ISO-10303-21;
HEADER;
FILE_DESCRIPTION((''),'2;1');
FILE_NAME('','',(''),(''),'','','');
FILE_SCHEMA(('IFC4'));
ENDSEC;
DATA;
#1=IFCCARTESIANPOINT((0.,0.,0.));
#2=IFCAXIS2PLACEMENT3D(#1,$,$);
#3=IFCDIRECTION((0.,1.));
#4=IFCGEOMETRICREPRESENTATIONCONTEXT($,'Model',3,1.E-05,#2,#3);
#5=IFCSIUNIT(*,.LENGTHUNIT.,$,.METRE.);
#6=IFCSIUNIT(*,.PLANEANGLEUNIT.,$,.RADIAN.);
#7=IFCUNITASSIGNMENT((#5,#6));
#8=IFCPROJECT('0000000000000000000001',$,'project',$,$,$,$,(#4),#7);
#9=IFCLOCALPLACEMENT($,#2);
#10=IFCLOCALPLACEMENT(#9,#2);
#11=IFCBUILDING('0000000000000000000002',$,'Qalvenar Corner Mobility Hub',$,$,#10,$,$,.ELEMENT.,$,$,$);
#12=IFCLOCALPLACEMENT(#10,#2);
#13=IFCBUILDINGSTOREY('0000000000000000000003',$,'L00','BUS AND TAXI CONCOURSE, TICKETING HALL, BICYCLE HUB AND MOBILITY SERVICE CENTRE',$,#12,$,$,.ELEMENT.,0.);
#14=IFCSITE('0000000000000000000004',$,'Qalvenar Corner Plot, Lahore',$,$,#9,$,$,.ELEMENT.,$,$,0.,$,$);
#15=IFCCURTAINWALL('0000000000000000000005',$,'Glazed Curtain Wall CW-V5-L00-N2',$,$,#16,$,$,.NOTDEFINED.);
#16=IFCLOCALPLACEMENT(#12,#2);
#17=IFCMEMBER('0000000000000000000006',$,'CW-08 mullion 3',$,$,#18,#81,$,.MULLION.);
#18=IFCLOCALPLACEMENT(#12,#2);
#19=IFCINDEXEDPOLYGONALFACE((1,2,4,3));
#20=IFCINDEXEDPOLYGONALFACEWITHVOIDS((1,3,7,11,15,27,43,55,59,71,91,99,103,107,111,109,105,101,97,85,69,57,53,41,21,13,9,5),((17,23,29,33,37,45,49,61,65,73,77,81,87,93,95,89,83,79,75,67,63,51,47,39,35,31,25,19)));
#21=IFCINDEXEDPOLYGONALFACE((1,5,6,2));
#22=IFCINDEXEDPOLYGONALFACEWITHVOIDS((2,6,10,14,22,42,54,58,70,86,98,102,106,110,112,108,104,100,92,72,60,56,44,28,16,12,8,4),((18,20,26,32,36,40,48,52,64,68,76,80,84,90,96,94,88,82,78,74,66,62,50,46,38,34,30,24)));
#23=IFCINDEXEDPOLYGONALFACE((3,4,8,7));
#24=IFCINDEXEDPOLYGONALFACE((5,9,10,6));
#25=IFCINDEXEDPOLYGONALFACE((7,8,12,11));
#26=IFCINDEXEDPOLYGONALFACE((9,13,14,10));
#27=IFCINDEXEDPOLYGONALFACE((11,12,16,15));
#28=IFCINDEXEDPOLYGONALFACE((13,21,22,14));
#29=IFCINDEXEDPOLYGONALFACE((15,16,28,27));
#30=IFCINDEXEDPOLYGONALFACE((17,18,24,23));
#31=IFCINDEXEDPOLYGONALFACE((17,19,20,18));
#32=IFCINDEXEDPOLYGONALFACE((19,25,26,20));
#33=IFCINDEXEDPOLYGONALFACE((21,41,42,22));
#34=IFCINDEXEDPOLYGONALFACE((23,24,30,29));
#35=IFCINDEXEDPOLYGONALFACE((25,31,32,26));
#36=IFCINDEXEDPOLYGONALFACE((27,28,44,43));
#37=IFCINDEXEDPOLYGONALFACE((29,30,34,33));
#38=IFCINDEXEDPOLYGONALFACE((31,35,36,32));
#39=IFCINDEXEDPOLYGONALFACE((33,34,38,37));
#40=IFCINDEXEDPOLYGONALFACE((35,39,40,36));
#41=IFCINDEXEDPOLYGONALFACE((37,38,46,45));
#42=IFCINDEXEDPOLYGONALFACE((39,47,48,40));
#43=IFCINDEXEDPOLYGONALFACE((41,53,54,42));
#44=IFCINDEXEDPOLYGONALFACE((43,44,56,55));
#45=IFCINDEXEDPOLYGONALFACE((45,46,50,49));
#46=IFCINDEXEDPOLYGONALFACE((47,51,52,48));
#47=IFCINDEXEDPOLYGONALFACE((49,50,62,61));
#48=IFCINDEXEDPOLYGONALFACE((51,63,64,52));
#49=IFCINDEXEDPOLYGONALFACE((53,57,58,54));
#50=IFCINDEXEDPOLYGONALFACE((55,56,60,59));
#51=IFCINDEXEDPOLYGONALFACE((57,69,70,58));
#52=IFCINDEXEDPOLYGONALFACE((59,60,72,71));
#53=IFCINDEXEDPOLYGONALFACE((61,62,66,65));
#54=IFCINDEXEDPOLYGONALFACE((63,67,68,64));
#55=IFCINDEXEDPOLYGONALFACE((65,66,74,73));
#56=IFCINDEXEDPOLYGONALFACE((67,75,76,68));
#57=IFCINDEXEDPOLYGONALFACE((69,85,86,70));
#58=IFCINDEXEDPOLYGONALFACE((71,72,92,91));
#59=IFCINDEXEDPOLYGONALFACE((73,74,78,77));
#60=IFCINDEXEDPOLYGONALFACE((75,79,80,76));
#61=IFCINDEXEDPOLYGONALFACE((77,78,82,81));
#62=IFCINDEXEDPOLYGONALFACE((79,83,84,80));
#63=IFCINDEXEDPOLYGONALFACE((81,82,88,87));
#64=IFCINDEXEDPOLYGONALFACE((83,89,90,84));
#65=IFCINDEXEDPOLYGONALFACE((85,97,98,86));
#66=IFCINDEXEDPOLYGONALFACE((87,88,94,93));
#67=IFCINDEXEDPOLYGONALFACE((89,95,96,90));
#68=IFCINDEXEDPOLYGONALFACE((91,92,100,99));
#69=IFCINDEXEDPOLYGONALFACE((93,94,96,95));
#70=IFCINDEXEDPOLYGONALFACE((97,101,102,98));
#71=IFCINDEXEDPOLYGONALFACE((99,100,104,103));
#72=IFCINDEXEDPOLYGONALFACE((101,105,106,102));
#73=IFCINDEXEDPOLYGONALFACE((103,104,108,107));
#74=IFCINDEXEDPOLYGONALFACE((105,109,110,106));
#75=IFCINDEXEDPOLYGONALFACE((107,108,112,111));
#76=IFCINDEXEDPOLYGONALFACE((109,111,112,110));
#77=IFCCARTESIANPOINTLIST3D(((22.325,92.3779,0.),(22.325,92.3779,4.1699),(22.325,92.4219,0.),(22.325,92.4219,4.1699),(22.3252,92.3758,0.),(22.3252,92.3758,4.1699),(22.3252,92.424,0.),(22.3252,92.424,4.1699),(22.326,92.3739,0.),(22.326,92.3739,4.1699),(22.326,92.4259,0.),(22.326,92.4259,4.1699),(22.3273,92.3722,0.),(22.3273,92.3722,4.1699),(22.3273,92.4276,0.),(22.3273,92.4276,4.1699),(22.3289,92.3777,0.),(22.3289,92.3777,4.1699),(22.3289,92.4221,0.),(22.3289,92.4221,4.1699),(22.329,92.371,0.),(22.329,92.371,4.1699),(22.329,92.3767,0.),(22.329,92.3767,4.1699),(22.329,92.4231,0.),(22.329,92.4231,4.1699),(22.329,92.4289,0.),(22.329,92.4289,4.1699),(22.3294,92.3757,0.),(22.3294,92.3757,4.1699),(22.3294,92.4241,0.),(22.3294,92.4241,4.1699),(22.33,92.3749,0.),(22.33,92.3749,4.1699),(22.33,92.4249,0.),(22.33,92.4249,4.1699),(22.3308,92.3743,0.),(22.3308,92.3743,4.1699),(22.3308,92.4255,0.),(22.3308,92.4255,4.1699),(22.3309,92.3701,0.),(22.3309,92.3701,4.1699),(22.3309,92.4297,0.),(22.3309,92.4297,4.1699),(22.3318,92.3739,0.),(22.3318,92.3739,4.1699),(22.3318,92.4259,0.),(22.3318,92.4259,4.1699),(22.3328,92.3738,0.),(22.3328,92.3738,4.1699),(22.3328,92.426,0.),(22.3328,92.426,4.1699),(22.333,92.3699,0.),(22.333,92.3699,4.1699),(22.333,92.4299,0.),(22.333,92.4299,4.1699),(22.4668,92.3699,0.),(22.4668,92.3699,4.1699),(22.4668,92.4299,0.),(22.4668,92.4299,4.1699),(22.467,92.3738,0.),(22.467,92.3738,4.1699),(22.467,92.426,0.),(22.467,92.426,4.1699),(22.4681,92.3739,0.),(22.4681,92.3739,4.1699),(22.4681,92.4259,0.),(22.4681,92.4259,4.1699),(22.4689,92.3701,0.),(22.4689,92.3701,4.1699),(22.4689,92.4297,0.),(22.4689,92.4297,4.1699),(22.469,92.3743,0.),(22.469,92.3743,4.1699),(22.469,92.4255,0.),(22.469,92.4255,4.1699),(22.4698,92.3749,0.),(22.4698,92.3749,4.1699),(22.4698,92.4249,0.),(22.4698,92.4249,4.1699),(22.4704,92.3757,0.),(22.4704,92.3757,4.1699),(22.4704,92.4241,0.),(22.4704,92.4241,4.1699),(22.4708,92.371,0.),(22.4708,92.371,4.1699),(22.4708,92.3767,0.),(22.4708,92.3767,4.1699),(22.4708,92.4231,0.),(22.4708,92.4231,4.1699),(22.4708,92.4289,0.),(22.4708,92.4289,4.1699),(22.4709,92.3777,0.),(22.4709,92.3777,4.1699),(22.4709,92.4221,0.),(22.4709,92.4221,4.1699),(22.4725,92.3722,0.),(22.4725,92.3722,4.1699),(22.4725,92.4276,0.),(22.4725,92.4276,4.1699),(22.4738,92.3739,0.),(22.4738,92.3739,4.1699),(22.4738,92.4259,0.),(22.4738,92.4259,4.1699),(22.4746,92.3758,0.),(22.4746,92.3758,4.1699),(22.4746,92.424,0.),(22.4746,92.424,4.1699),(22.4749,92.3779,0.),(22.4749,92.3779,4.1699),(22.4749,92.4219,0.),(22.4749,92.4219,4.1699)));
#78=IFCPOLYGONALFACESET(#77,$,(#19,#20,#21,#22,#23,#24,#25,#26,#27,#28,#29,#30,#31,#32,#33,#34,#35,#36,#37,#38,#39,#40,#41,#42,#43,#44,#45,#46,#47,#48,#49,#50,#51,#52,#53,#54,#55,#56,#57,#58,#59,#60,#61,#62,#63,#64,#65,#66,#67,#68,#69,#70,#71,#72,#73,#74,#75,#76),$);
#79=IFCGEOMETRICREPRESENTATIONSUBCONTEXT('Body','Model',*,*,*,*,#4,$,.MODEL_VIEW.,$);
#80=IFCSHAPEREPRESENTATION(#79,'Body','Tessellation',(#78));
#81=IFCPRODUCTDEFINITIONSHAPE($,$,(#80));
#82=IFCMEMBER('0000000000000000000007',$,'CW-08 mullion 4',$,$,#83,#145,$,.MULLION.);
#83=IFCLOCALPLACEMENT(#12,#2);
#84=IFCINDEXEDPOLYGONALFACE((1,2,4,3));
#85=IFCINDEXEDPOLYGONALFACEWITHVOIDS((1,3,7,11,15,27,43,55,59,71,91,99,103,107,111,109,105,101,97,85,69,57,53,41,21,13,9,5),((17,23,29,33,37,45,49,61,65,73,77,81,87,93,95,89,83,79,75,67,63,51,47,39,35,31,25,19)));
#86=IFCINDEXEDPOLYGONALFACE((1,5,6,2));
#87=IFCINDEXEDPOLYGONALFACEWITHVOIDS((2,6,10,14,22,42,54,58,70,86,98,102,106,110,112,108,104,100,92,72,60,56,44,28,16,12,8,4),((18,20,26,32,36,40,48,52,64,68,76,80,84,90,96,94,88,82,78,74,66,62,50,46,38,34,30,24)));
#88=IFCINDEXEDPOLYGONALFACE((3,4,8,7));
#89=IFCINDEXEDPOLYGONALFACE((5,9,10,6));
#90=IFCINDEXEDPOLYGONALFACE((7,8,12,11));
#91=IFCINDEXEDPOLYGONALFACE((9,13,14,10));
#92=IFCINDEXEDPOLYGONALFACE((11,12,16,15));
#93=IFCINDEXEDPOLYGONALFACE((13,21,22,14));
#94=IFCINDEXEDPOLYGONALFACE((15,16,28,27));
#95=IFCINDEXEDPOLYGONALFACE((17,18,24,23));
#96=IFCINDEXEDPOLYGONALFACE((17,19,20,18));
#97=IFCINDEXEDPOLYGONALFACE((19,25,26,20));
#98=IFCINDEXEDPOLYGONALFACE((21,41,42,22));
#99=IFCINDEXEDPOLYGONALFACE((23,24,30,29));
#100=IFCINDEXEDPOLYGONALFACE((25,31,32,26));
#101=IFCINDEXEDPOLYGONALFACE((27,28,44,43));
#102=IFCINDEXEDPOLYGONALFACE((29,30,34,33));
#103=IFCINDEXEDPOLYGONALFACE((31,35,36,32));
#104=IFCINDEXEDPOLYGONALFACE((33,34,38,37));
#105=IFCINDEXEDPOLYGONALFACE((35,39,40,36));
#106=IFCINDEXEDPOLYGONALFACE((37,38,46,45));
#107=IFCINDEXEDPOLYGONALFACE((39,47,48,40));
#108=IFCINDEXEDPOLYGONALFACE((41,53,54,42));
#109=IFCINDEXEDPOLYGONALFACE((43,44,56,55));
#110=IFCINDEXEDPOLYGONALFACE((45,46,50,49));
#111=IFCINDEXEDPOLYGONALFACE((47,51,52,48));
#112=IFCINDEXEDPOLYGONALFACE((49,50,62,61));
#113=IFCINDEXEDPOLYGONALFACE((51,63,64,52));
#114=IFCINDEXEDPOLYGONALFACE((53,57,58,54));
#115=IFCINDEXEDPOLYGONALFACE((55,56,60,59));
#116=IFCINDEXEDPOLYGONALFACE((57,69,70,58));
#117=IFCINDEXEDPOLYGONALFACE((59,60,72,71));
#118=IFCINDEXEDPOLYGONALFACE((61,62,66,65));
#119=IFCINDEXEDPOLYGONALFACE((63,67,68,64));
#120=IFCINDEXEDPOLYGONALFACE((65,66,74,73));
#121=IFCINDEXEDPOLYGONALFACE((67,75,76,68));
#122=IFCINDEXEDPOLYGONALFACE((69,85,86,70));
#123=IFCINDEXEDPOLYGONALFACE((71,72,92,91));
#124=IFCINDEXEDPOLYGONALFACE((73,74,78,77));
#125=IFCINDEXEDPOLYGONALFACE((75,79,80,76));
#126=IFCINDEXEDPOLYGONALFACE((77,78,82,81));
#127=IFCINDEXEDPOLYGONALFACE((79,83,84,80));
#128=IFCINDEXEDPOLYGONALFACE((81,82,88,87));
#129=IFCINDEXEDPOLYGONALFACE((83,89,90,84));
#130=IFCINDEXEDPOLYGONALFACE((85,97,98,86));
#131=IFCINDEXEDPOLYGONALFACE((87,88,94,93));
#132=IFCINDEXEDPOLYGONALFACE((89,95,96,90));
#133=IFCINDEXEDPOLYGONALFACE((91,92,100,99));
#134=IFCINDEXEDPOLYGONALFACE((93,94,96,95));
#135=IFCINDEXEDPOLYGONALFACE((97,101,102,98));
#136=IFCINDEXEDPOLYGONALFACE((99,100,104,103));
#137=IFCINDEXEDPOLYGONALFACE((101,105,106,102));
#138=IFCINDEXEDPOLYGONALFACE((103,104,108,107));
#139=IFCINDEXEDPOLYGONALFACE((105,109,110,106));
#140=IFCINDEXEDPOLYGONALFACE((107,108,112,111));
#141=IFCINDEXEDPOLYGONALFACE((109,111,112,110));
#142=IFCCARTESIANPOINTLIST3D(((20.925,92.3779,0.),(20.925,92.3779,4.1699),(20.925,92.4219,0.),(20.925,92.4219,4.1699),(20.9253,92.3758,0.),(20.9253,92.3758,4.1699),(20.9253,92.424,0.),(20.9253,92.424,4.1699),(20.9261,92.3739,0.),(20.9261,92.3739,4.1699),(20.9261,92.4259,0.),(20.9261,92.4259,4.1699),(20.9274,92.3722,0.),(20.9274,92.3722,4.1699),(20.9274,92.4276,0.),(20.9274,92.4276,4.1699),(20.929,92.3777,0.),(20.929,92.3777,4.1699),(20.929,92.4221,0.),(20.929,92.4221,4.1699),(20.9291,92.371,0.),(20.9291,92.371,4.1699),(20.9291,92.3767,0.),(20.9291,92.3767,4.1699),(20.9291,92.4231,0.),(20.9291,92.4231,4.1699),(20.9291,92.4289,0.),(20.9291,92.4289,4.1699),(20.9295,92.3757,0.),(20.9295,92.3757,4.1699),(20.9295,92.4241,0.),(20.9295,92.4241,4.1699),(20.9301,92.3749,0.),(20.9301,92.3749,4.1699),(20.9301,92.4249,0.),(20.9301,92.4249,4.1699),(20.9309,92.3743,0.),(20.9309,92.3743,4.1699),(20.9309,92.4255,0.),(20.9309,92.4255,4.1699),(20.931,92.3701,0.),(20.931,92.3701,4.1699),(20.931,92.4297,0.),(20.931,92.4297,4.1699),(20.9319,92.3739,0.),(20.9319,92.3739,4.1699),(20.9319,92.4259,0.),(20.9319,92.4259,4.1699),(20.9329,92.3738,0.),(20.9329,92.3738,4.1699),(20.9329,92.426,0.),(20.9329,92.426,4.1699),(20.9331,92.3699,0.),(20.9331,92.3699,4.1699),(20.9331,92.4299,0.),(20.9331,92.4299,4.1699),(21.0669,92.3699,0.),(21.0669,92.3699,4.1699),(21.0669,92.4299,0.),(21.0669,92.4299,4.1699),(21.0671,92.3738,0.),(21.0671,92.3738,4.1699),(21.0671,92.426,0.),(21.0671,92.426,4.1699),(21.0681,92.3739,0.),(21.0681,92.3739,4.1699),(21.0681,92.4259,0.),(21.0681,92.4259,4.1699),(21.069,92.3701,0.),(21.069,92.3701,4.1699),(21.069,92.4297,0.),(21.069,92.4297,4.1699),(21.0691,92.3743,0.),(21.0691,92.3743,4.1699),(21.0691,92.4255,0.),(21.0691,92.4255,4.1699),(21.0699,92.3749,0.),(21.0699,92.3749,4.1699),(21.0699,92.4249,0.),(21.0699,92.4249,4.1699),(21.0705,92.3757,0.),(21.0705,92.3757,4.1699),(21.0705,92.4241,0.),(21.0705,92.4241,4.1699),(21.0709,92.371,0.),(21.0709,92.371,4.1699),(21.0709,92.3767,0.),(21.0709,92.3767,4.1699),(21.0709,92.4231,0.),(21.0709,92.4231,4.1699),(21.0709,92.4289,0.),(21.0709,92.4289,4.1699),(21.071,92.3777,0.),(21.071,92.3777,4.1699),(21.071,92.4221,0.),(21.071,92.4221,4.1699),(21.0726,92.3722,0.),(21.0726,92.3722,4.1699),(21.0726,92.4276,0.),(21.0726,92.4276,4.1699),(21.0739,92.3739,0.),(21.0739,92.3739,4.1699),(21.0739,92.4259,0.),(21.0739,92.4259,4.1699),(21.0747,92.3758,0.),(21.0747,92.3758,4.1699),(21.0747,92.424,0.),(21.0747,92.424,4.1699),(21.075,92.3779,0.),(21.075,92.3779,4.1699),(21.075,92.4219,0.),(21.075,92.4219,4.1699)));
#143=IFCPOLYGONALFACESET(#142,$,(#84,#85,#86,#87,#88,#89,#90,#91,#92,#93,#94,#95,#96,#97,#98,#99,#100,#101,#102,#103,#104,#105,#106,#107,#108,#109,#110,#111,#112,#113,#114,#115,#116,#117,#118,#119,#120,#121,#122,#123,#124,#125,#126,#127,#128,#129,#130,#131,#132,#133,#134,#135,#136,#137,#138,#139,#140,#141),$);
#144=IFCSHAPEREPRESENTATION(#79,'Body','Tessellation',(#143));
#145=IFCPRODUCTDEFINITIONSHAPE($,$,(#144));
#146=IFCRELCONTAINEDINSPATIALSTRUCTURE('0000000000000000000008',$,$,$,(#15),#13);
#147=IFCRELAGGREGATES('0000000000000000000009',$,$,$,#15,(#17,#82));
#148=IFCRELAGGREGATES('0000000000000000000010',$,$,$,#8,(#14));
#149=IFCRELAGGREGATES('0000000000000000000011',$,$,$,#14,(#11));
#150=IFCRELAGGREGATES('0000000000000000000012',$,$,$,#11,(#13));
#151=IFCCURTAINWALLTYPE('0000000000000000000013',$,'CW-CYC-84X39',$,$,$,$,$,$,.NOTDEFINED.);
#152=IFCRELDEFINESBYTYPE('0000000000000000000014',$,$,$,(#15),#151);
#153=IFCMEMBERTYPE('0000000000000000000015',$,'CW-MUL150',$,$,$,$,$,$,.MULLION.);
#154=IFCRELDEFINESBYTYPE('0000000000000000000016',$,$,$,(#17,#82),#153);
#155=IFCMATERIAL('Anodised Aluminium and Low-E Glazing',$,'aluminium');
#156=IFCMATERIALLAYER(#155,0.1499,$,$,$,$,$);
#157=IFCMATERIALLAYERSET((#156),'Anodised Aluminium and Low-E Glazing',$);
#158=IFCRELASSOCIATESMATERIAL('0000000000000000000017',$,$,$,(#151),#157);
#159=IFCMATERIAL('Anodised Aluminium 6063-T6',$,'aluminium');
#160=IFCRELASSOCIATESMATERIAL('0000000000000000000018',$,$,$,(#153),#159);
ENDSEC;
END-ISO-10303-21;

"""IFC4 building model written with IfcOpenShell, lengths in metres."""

from ifc_helpers import new_model, si_unit, direction, frame, origin, origin_2d, place, context, subcontext, project, spatial, hollow_rectangle, extrude, material, layer, layer_set, material_profile, profile_set, type_object, element, aggregate, save


model = new_model("IFC4")

# Units and contexts
model_context = context("Model", 3, precision=1e-05, world=origin(), true_north=direction((0.0, 1.0)))
body_context = subcontext(model_context, "Body", "Model", "MODEL_VIEW")
ifc_project = project(units=[si_unit("LENGTHUNIT", "METRE"), si_unit("PLANEANGLEUNIT", "RADIAN")], contexts=[model_context])

# Site, building, storey
site_placement = place(None, origin())
site = spatial("IfcSite", under=ifc_project, at=site_placement, Name="Qalvenar Corner Plot, Lahore", CompositionType="ELEMENT", RefElevation=0.0)
building_placement = place(site_placement, origin())
building = spatial("IfcBuilding", under=site, at=building_placement, Name="Qalvenar Corner Mobility Hub", CompositionType="ELEMENT")
storey_placement = place(building_placement, origin())
storey = spatial("IfcBuildingStorey", under=building, at=storey_placement, Name="L00", Description="BUS AND TAXI CONCOURSE, TICKETING HALL, BICYCLE HUB AND MOBILITY SERVICE CENTRE", CompositionType="ELEMENT", Elevation=0.0)

# Curtain wall, members
ifc_material_1 = material(Name="Anodised Aluminium and Low-E Glazing", Category="aluminium")
ifc_layer_1 = layer(ifc_material_1, 0.1499)
ifc_layer_set_1 = layer_set([ifc_layer_1], Name="Anodised Aluminium and Low-E Glazing")
curtain_wall_type = type_object("IfcCurtainWallType", Name="CW-CYC-84X39", PredefinedType="NOTDEFINED", material=ifc_layer_set_1)
curtain_wall_placement = place(storey_placement, origin())
curtain_wall = element("IfcCurtainWall", 1, at=curtain_wall_placement, inside=storey, type_object=curtain_wall_type, Name="Glazed Curtain Wall CW-V5-L00-N2", PredefinedType="NOTDEFINED")
ifc_material_2 = material(Name="Anodised Aluminium 6063-T6", Category="aluminium")
ifc_material_profile_1 = material_profile(ifc_material_2, hollow_rectangle(XDim=0.0601, YDim=0.1499, WallThickness=0.0039, InnerFilletRadius=0.0039, OuterFilletRadius=0.0081, at=origin_2d()), Name="RHS150x60x4")
ifc_profile_set_1 = profile_set([ifc_material_profile_1], Name="Anodised Aluminium 6063-T6")
member_type_1 = type_object("IfcMemberType", Name="CW-MUL150", PredefinedType="MULLION", material=ifc_profile_set_1)
member_1_placement = place(storey_placement, frame((22.3999, 92.3999, 0.0), z_axis=(0.0, 0.0, 1.0), x_axis=(0.0, -1.0, 0.0)))
member_1 = element("IfcMember", 2, at=member_1_placement, type_object=member_type_1, Name="CW-08 mullion 3", PredefinedType="MULLION", context=body_context, shape_type="SweptSolid", body=[
    extrude(hollow_rectangle(XDim=0.0601, YDim=0.1499, WallThickness=0.0039, InnerFilletRadius=0.0039, OuterFilletRadius=0.0081, at=origin_2d()), origin(), (0.0, 0.0, 1.0), 4.1699),
])
member_2_placement = place(storey_placement, frame((21.0, 92.3999, 0.0), z_axis=(0.0, 0.0, 1.0), x_axis=(0.0, -1.0, 0.0)))
member_2 = element("IfcMember", 3, at=member_2_placement, type_object=member_type_1, Name="CW-08 mullion 4", PredefinedType="MULLION", context=body_context, shape_type="SweptSolid", body=[
    extrude(hollow_rectangle(XDim=0.0601, YDim=0.1499, WallThickness=0.0039, InnerFilletRadius=0.0039, OuterFilletRadius=0.0081, at=origin_2d()), origin(), (0.0, 0.0, 1.0), 4.1699),
])
aggregate(curtain_wall, [member_1, member_2])

save(model, "model.ifc")
